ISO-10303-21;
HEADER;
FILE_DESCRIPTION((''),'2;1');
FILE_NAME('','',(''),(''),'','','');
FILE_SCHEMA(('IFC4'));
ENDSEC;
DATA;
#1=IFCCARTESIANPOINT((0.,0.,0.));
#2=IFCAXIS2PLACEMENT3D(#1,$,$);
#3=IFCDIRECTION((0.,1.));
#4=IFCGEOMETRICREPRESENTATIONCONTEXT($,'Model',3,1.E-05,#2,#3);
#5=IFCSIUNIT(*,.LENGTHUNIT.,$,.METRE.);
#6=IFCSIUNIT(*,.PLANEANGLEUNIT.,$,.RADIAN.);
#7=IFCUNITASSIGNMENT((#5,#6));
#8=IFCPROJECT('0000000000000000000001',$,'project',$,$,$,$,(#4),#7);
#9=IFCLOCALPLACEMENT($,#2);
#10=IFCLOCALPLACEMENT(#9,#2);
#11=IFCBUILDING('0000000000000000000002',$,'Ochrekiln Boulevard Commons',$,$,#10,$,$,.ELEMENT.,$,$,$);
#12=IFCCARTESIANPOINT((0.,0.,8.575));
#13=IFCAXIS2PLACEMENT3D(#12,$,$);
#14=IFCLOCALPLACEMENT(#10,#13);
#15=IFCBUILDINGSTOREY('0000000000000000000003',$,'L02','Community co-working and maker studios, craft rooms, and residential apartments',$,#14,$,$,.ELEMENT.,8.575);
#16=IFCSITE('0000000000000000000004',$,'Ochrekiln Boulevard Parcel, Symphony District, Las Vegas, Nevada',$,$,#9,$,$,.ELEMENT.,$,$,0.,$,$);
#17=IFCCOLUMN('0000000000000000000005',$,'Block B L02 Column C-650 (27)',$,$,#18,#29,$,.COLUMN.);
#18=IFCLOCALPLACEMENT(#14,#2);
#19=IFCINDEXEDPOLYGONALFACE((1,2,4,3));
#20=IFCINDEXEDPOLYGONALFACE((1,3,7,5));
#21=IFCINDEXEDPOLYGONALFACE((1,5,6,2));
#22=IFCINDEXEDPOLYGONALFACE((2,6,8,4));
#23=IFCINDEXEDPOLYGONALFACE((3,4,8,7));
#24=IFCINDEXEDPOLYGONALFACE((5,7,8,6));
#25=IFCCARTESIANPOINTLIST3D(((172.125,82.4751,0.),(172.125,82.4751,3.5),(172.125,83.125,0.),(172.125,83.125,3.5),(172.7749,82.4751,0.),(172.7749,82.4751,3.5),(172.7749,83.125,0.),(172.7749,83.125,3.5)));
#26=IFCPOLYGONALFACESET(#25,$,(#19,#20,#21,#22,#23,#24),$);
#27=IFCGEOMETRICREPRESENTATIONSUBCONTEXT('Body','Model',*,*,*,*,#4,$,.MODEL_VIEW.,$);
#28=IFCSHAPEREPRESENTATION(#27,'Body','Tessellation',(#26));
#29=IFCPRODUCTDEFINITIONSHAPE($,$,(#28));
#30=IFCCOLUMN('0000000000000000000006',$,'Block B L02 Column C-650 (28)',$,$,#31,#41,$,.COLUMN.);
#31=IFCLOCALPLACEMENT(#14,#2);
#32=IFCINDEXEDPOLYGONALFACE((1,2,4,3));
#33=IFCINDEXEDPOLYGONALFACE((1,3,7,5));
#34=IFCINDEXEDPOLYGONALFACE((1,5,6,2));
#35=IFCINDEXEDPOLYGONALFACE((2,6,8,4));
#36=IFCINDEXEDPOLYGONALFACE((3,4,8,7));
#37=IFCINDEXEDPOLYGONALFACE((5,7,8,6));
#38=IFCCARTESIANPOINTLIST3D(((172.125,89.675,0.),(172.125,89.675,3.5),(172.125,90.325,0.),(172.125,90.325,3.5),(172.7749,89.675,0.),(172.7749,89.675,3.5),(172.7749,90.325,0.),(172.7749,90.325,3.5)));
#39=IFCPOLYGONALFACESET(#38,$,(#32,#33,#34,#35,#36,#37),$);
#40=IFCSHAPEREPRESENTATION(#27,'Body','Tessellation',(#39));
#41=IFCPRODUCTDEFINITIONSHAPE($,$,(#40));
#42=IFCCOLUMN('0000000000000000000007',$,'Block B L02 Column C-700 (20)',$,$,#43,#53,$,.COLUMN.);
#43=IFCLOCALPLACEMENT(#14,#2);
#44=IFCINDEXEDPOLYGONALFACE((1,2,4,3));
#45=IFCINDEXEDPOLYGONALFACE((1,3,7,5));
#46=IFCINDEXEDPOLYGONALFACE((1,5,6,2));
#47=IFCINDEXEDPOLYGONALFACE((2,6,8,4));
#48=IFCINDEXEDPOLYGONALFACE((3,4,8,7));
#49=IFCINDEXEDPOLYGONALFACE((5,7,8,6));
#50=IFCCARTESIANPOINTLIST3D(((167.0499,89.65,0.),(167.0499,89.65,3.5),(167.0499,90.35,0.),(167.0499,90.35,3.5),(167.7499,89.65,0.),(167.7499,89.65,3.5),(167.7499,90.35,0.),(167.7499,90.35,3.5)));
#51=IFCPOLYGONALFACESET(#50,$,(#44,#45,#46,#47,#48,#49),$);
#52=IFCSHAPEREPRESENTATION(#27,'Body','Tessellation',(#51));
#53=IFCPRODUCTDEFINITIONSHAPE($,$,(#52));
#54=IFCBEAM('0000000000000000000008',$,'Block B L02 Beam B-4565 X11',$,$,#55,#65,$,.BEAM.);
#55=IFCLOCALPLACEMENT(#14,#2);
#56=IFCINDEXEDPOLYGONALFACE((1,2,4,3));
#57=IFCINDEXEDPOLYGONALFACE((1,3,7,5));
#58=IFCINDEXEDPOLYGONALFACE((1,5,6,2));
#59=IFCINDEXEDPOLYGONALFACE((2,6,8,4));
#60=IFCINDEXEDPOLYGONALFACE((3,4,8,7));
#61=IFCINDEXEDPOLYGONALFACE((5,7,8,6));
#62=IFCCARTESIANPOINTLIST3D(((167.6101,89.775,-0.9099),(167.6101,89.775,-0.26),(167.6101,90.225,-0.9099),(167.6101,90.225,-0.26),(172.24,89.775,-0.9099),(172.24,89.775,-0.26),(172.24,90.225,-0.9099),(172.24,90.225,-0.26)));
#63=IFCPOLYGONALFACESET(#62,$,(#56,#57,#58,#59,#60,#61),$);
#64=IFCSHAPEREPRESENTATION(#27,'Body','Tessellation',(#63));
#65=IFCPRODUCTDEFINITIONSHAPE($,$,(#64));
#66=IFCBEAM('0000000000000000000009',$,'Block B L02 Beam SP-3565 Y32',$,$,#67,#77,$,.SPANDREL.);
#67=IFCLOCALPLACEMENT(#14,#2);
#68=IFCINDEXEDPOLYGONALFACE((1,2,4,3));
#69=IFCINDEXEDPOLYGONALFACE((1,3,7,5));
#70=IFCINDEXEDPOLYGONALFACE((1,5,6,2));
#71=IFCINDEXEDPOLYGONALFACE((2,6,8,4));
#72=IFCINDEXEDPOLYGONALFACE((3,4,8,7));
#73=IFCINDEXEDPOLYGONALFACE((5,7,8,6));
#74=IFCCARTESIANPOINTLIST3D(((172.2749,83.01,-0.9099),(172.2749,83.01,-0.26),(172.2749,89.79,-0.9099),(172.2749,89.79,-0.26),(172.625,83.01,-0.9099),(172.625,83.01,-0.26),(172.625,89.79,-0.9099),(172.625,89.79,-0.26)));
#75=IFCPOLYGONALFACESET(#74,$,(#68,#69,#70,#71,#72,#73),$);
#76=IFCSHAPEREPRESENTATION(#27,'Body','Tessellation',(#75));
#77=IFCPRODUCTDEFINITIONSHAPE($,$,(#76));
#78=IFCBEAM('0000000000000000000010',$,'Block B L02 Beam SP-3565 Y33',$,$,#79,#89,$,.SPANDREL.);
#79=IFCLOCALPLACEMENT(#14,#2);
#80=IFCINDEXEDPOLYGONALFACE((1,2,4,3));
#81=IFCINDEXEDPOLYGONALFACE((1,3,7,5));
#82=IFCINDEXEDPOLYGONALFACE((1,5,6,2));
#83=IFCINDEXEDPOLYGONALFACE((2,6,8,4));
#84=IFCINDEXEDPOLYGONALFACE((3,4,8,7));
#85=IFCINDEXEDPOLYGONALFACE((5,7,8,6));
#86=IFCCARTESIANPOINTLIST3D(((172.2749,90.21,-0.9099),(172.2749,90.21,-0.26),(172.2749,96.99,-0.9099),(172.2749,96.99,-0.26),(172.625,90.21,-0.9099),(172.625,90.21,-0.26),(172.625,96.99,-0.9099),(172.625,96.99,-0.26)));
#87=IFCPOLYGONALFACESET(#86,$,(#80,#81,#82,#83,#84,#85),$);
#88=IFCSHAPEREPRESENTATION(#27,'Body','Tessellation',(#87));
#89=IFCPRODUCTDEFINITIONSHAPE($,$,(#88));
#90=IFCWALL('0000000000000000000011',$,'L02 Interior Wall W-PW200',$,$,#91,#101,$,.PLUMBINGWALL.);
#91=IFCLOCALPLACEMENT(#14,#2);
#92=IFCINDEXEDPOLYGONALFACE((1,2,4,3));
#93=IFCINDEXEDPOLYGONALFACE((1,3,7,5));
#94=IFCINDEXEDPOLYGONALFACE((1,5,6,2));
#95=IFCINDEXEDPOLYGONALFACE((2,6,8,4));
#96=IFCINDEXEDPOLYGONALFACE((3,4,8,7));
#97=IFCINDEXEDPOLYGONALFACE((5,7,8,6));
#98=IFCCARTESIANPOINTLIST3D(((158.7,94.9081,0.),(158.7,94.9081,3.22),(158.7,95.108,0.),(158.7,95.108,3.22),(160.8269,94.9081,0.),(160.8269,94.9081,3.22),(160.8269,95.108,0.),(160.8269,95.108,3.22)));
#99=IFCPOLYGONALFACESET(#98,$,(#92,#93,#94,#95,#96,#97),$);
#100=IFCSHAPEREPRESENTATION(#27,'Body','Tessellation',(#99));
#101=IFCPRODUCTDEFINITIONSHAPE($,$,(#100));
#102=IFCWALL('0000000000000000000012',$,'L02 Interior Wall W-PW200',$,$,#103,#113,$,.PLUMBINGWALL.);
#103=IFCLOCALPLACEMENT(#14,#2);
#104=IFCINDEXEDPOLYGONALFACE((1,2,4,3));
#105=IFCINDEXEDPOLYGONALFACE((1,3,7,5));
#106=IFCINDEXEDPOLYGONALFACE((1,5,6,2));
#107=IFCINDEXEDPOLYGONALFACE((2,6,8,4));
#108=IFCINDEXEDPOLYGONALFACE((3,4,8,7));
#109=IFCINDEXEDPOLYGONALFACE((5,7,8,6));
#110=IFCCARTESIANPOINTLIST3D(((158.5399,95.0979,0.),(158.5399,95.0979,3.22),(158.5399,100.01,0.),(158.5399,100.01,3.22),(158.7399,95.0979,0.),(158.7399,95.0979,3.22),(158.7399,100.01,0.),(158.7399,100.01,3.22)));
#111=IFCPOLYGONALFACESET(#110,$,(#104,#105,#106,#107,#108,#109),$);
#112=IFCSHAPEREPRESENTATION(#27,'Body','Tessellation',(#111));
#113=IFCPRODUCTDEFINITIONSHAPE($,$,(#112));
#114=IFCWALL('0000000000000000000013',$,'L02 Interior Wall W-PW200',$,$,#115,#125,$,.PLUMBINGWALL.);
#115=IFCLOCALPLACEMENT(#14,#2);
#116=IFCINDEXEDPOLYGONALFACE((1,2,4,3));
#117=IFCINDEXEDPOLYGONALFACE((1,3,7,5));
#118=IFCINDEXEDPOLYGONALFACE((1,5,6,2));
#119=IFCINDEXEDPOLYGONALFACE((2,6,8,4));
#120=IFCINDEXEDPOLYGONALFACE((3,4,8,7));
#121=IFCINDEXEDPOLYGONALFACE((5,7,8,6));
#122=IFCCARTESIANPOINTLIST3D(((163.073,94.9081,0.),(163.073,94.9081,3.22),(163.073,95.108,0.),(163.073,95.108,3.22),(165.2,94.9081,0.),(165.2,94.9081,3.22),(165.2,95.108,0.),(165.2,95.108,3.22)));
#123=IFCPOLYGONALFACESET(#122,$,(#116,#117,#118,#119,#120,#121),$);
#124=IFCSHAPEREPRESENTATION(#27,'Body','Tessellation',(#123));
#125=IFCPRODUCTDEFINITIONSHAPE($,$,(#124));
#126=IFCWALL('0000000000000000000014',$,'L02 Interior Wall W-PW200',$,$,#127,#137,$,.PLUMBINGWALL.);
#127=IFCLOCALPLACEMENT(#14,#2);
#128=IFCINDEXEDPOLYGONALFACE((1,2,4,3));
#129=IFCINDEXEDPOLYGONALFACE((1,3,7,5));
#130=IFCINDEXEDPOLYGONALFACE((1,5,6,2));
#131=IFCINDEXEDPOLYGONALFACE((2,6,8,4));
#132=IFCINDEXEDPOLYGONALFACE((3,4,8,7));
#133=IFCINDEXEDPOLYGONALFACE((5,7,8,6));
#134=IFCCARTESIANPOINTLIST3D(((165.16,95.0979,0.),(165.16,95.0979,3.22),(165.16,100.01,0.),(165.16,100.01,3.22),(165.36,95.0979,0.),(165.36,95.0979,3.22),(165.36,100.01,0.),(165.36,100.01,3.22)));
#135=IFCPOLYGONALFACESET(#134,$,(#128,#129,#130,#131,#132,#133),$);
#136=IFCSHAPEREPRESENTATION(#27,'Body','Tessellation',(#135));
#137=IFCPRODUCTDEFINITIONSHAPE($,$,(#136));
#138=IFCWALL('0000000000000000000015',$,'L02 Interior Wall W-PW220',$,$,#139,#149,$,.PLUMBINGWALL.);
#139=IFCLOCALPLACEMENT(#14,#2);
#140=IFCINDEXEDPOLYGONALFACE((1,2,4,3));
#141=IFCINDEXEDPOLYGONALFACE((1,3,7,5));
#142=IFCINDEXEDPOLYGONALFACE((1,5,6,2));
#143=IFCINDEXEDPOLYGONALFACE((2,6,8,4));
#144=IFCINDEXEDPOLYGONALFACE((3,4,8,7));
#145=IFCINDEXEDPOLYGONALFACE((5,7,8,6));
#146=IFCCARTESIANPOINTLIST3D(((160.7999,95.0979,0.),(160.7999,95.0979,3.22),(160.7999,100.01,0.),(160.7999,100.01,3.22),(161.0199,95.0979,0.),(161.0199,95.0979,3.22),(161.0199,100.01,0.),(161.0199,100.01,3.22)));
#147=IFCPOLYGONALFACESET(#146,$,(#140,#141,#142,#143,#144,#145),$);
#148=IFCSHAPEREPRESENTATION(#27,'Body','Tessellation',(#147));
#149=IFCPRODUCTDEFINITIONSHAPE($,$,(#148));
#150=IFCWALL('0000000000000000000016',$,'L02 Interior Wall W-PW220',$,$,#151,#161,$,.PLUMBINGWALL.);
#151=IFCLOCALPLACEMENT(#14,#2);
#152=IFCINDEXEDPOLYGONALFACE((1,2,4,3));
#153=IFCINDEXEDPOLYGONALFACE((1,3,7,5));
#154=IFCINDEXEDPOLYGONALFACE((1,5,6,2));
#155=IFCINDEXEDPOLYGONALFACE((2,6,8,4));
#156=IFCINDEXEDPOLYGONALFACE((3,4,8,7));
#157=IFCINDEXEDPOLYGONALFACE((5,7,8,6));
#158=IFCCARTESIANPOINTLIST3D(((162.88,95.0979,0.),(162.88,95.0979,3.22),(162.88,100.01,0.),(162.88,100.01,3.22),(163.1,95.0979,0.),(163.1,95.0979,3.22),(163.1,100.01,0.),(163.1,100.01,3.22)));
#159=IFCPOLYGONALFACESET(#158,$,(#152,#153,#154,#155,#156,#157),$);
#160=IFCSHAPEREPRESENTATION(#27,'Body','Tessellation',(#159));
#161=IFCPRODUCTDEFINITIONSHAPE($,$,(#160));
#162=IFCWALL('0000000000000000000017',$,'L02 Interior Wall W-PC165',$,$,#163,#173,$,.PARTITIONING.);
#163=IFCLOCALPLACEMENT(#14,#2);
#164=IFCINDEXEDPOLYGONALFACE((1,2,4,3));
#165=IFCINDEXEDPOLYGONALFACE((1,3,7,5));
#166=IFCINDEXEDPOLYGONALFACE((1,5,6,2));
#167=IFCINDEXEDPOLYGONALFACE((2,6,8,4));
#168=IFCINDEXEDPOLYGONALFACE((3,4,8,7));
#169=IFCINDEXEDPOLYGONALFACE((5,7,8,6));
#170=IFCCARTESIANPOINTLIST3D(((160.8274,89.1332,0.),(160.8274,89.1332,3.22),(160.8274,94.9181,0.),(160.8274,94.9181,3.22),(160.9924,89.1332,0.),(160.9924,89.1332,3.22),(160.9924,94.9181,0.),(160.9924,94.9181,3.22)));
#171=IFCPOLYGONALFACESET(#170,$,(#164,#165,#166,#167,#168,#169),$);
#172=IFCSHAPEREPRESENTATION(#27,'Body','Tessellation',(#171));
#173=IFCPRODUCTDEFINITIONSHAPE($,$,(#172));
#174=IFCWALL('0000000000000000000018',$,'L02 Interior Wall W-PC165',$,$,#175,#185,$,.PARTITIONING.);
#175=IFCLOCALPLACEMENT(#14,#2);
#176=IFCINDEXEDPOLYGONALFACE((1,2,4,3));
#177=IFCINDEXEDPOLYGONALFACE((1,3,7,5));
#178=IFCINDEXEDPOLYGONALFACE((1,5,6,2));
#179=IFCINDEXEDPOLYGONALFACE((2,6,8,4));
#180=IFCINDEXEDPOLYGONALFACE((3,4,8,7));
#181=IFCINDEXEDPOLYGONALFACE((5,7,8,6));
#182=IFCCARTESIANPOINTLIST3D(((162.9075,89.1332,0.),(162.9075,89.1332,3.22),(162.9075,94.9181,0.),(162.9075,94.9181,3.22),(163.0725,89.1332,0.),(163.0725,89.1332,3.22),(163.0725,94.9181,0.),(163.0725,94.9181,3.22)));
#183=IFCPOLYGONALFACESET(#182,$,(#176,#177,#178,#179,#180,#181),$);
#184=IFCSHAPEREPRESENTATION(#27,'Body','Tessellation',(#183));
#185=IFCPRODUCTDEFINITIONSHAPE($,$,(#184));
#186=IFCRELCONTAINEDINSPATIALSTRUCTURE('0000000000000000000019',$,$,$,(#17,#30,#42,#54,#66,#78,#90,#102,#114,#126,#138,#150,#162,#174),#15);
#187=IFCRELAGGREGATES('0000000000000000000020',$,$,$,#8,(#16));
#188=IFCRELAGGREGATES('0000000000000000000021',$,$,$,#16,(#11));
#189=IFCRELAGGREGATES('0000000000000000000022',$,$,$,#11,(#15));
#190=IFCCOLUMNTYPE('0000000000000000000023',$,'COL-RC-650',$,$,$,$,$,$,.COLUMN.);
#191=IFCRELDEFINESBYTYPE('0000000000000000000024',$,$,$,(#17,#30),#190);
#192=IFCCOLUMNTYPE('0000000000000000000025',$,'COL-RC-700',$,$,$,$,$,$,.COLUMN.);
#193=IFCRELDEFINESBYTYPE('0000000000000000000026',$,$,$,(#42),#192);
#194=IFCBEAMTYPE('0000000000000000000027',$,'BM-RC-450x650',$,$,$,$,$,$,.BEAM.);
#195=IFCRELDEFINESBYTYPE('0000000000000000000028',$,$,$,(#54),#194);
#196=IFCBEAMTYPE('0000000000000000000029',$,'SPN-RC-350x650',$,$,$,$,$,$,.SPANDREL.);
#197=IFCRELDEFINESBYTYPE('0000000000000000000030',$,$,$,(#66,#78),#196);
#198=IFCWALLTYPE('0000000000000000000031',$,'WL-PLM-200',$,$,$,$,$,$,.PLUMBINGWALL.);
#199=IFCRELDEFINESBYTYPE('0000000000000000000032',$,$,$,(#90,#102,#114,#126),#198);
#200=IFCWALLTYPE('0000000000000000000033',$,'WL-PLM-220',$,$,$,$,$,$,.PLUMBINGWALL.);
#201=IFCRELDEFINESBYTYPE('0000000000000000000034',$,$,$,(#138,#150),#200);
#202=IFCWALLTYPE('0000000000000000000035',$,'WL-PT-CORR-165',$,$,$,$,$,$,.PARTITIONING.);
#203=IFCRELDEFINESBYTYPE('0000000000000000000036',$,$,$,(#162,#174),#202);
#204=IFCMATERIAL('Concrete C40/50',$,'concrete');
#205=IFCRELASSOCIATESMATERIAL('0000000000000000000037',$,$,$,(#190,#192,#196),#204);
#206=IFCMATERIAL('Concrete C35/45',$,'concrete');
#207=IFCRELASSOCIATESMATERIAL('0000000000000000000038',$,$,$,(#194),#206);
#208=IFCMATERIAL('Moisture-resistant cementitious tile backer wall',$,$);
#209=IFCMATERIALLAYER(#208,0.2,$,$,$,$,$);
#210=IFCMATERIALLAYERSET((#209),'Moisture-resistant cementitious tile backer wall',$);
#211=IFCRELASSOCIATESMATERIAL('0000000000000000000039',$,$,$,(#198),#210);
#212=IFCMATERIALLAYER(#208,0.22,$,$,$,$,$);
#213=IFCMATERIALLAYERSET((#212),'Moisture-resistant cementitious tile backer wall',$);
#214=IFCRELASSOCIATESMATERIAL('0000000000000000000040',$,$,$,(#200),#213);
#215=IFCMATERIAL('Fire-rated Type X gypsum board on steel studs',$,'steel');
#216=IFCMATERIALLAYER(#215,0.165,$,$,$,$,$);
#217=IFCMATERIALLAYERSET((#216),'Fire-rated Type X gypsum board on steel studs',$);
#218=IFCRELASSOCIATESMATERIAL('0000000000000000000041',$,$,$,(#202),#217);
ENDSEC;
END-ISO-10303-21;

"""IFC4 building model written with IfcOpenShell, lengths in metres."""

from ifc_helpers import new_model, si_unit, direction, frame, frame_2d, origin, origin_2d, place, context, subcontext, project, spatial, rectangle, extrude, material, layer, layer_set, material_profile, profile_set, type_object, element, save


model = new_model("IFC4")

# Units and contexts
model_context = context("Model", 3, precision=1e-05, world=origin(), true_north=direction((0.0, 1.0)))
body_context = subcontext(model_context, "Body", "Model", "MODEL_VIEW")
ifc_project = project(units=[si_unit("LENGTHUNIT", "METRE"), si_unit("PLANEANGLEUNIT", "RADIAN")], contexts=[model_context])

# Site, building, storey
site_placement = place(None, origin())
site = spatial("IfcSite", under=ifc_project, at=site_placement, Name="Ochrekiln Boulevard Parcel, Symphony District, Las Vegas, Nevada", CompositionType="ELEMENT", RefElevation=0.0)
building_placement = place(site_placement, origin())
building = spatial("IfcBuilding", under=site, at=building_placement, Name="Ochrekiln Boulevard Commons", CompositionType="ELEMENT")
storey_placement = place(building_placement, frame((0.0, 0.0, 8.575)))
storey = spatial("IfcBuildingStorey", under=building, at=storey_placement, Name="L02", Description="Community co-working and maker studios, craft rooms, and residential apartments", CompositionType="ELEMENT", Elevation=8.575)

# Columns
ifc_material_1 = material(Name="Concrete C40/50", Category="concrete")
ifc_material_profile_1 = material_profile(ifc_material_1, rectangle(XDim=0.6499, YDim=0.6499, at=origin_2d()), Name="RC-COL-650x650")
ifc_profile_set_1 = profile_set([ifc_material_profile_1], Name="Concrete C40/50")
column_type_1 = type_object("IfcColumnType", Name="COL-RC-650", PredefinedType="COLUMN", material=ifc_profile_set_1)
for number, where, z_axis, x_axis, name in (
    (1, (172.45, 82.8, 0.0), (0.0, 0.0, 1.0), (1.0, 0.0, 0.0), "Block B L02 Column C-650 (27)"),
    (2, (172.45, 90.0, 0.0), (0.0, 0.0, 1.0), (1.0, 0.0, 0.0), "Block B L02 Column C-650 (28)"),
):
    element("IfcColumn", number, at=place(storey_placement, frame(where, z_axis=z_axis, x_axis=x_axis)), inside=storey, type_object=column_type_1, Name=name, PredefinedType="COLUMN", context=body_context, shape_type="SweptSolid", body=[
        extrude(rectangle(XDim=0.6499, YDim=0.6499, at=origin_2d()), origin(), (0.0, 0.0, 1.0), 3.5),
    ])
ifc_material_profile_2 = material_profile(ifc_material_1, rectangle(XDim=0.7, YDim=0.7, at=origin_2d()), Name="RC-COL-700x700")
ifc_profile_set_2 = profile_set([ifc_material_profile_2], Name="Concrete C40/50")
column_type_2 = type_object("IfcColumnType", Name="COL-RC-700", PredefinedType="COLUMN", material=ifc_profile_set_2)
column_placement = place(storey_placement, frame((167.3999, 90.0, 0.0), z_axis=(0.0, 0.0, 1.0), x_axis=(1.0, 0.0, 0.0)))
element("IfcColumn", 3, at=column_placement, inside=storey, type_object=column_type_2, Name="Block B L02 Column C-700 (20)", PredefinedType="COLUMN", context=body_context, shape_type="SweptSolid", body=[
    extrude(rectangle(XDim=0.7, YDim=0.7, at=origin_2d()), origin(), (0.0, 0.0, 1.0), 3.5),
])

# Beams
ifc_material_2 = material(Name="Concrete C35/45", Category="concrete")
ifc_material_profile_3 = material_profile(ifc_material_2, rectangle(XDim=0.45, YDim=0.6499, at=origin_2d()), Name="RC-BM-450x650")
ifc_profile_set_3 = profile_set([ifc_material_profile_3], Name="Concrete C35/45")
beam_type_1 = type_object("IfcBeamType", Name="BM-RC-450x650", PredefinedType="BEAM", material=ifc_profile_set_3)
beam_placement = place(storey_placement, frame((167.6101, 90.0, -0.585), z_axis=(1.0, 0.0, 0.0), x_axis=(0.0, 1.0, 0.0)))
element("IfcBeam", 4, at=beam_placement, inside=storey, type_object=beam_type_1, Name="Block B L02 Beam B-4565 X11", PredefinedType="BEAM", context=body_context, shape_type="SweptSolid", body=[
    extrude(rectangle(XDim=0.45, YDim=0.6499, at=origin_2d()), origin(), (0.0, 0.0, 1.0), 4.6299),
])
ifc_material_profile_4 = material_profile(ifc_material_1, rectangle(XDim=0.3501, YDim=0.6499, at=origin_2d()), Name="RC-SPN-350x650")
ifc_profile_set_4 = profile_set([ifc_material_profile_4], Name="Concrete C40/50")
beam_type_2 = type_object("IfcBeamType", Name="SPN-RC-350x650", PredefinedType="SPANDREL", material=ifc_profile_set_4)
for number, where, z_axis, x_axis, name in (
    (5, (172.45, 83.01, -0.585), (0.0, 1.0, 0.0), (-1.0, 0.0, 0.0), "Block B L02 Beam SP-3565 Y32"),
    (6, (172.45, 90.21, -0.585), (0.0, 1.0, 0.0), (-1.0, 0.0, 0.0), "Block B L02 Beam SP-3565 Y33"),
):
    element("IfcBeam", number, at=place(storey_placement, frame(where, z_axis=z_axis, x_axis=x_axis)), inside=storey, type_object=beam_type_2, Name=name, PredefinedType="SPANDREL", context=body_context, shape_type="SweptSolid", body=[
        extrude(rectangle(XDim=0.3501, YDim=0.6499, at=origin_2d()), origin(), (0.0, 0.0, 1.0), 6.78),
    ])

# Walls
ifc_material_3 = material(Name="Moisture-resistant cementitious tile backer wall")
ifc_layer_1 = layer(ifc_material_3, 0.2)
ifc_layer_set_1 = layer_set([ifc_layer_1], Name="Moisture-resistant cementitious tile backer wall")
wall_type_1 = type_object("IfcWallType", Name="WL-PLM-200", PredefinedType="PLUMBINGWALL", material=ifc_layer_set_1)
wall_1_placement = place(storey_placement, frame((158.7, 95.0081, 0.0), z_axis=(0.0, 0.0, 1.0), x_axis=(1.0, 0.0, 0.0)))
element("IfcWall", 7, at=wall_1_placement, inside=storey, type_object=wall_type_1, Name="L02 Interior Wall W-PW200", PredefinedType="PLUMBINGWALL", context=body_context, shape_type="SweptSolid", body=[
    extrude(rectangle(XDim=2.127, YDim=0.2, at=frame_2d((1.0635, 0.0))), origin(), (0.0, 0.0, 1.0), 3.22),
])
wall_2_placement = place(storey_placement, frame((158.6399, 95.0979, 0.0), z_axis=(0.0, 0.0, 1.0), x_axis=(0.0, 1.0, 0.0)))
element("IfcWall", 8, at=wall_2_placement, inside=storey, type_object=wall_type_1, Name="L02 Interior Wall W-PW200", PredefinedType="PLUMBINGWALL", context=body_context, shape_type="SweptSolid", body=[
    extrude(rectangle(XDim=4.9121, YDim=0.2, at=frame_2d((2.4561, 0.0))), origin(), (0.0, 0.0, 1.0), 3.22),
])
wall_3_placement = place(storey_placement, frame((163.073, 95.0081, 0.0), z_axis=(0.0, 0.0, 1.0), x_axis=(1.0, 0.0, 0.0)))
element("IfcWall", 9, at=wall_3_placement, inside=storey, type_object=wall_type_1, Name="L02 Interior Wall W-PW200", PredefinedType="PLUMBINGWALL", context=body_context, shape_type="SweptSolid", body=[
    extrude(rectangle(XDim=2.127, YDim=0.2, at=frame_2d((1.0635, 0.0))), origin(), (0.0, 0.0, 1.0), 3.22),
])
wall_4_placement = place(storey_placement, frame((165.26, 95.0979, 0.0), z_axis=(0.0, 0.0, 1.0), x_axis=(0.0, 1.0, 0.0)))
element("IfcWall", 10, at=wall_4_placement, inside=storey, type_object=wall_type_1, Name="L02 Interior Wall W-PW200", PredefinedType="PLUMBINGWALL", context=body_context, shape_type="SweptSolid", body=[
    extrude(rectangle(XDim=4.9121, YDim=0.2, at=frame_2d((2.4561, 0.0))), origin(), (0.0, 0.0, 1.0), 3.22),
])
ifc_layer_2 = layer(ifc_material_3, 0.22)
ifc_layer_set_2 = layer_set([ifc_layer_2], Name="Moisture-resistant cementitious tile backer wall")
wall_type_2 = type_object("IfcWallType", Name="WL-PLM-220", PredefinedType="PLUMBINGWALL", material=ifc_layer_set_2)
for number, where, z_axis, x_axis, name in (
    (11, (160.9099, 95.0979, 0.0), (0.0, 0.0, 1.0), (0.0, 1.0, 0.0), "L02 Interior Wall W-PW220"),
    (12, (162.99, 95.0979, 0.0), (0.0, 0.0, 1.0), (0.0, 1.0, 0.0), "L02 Interior Wall W-PW220"),
):
    element("IfcWall", number, at=place(storey_placement, frame(where, z_axis=z_axis, x_axis=x_axis)), inside=storey, type_object=wall_type_2, Name=name, PredefinedType="PLUMBINGWALL", context=body_context, shape_type="SweptSolid", body=[
        extrude(rectangle(XDim=4.9121, YDim=0.22, at=frame_2d((2.4561, 0.0))), origin(), (0.0, 0.0, 1.0), 3.22),
    ])
ifc_material_4 = material(Name="Fire-rated Type X gypsum board on steel studs", Category="steel")
ifc_layer_3 = layer(ifc_material_4, 0.165)
ifc_layer_set_3 = layer_set([ifc_layer_3], Name="Fire-rated Type X gypsum board on steel studs")
wall_type_3 = type_object("IfcWallType", Name="WL-PT-CORR-165", PredefinedType="PARTITIONING", material=ifc_layer_set_3)
for number, where, z_axis, x_axis, name in (
    (13, (160.9099, 89.1331, 0.0), (0.0, 0.0, 1.0), (0.0, 1.0, 0.0), "L02 Interior Wall W-PC165"),
    (14, (162.99, 89.1331, 0.0), (0.0, 0.0, 1.0), (0.0, 1.0, 0.0), "L02 Interior Wall W-PC165"),
):
    element("IfcWall", number, at=place(storey_placement, frame(where, z_axis=z_axis, x_axis=x_axis)), inside=storey, type_object=wall_type_3, Name=name, PredefinedType="PARTITIONING", context=body_context, shape_type="SweptSolid", body=[
        extrude(rectangle(XDim=5.7849, YDim=0.165, at=frame_2d((2.8926, 0.0))), origin(), (0.0, 0.0, 1.0), 3.22),
    ])

save(model, "model.ifc")
